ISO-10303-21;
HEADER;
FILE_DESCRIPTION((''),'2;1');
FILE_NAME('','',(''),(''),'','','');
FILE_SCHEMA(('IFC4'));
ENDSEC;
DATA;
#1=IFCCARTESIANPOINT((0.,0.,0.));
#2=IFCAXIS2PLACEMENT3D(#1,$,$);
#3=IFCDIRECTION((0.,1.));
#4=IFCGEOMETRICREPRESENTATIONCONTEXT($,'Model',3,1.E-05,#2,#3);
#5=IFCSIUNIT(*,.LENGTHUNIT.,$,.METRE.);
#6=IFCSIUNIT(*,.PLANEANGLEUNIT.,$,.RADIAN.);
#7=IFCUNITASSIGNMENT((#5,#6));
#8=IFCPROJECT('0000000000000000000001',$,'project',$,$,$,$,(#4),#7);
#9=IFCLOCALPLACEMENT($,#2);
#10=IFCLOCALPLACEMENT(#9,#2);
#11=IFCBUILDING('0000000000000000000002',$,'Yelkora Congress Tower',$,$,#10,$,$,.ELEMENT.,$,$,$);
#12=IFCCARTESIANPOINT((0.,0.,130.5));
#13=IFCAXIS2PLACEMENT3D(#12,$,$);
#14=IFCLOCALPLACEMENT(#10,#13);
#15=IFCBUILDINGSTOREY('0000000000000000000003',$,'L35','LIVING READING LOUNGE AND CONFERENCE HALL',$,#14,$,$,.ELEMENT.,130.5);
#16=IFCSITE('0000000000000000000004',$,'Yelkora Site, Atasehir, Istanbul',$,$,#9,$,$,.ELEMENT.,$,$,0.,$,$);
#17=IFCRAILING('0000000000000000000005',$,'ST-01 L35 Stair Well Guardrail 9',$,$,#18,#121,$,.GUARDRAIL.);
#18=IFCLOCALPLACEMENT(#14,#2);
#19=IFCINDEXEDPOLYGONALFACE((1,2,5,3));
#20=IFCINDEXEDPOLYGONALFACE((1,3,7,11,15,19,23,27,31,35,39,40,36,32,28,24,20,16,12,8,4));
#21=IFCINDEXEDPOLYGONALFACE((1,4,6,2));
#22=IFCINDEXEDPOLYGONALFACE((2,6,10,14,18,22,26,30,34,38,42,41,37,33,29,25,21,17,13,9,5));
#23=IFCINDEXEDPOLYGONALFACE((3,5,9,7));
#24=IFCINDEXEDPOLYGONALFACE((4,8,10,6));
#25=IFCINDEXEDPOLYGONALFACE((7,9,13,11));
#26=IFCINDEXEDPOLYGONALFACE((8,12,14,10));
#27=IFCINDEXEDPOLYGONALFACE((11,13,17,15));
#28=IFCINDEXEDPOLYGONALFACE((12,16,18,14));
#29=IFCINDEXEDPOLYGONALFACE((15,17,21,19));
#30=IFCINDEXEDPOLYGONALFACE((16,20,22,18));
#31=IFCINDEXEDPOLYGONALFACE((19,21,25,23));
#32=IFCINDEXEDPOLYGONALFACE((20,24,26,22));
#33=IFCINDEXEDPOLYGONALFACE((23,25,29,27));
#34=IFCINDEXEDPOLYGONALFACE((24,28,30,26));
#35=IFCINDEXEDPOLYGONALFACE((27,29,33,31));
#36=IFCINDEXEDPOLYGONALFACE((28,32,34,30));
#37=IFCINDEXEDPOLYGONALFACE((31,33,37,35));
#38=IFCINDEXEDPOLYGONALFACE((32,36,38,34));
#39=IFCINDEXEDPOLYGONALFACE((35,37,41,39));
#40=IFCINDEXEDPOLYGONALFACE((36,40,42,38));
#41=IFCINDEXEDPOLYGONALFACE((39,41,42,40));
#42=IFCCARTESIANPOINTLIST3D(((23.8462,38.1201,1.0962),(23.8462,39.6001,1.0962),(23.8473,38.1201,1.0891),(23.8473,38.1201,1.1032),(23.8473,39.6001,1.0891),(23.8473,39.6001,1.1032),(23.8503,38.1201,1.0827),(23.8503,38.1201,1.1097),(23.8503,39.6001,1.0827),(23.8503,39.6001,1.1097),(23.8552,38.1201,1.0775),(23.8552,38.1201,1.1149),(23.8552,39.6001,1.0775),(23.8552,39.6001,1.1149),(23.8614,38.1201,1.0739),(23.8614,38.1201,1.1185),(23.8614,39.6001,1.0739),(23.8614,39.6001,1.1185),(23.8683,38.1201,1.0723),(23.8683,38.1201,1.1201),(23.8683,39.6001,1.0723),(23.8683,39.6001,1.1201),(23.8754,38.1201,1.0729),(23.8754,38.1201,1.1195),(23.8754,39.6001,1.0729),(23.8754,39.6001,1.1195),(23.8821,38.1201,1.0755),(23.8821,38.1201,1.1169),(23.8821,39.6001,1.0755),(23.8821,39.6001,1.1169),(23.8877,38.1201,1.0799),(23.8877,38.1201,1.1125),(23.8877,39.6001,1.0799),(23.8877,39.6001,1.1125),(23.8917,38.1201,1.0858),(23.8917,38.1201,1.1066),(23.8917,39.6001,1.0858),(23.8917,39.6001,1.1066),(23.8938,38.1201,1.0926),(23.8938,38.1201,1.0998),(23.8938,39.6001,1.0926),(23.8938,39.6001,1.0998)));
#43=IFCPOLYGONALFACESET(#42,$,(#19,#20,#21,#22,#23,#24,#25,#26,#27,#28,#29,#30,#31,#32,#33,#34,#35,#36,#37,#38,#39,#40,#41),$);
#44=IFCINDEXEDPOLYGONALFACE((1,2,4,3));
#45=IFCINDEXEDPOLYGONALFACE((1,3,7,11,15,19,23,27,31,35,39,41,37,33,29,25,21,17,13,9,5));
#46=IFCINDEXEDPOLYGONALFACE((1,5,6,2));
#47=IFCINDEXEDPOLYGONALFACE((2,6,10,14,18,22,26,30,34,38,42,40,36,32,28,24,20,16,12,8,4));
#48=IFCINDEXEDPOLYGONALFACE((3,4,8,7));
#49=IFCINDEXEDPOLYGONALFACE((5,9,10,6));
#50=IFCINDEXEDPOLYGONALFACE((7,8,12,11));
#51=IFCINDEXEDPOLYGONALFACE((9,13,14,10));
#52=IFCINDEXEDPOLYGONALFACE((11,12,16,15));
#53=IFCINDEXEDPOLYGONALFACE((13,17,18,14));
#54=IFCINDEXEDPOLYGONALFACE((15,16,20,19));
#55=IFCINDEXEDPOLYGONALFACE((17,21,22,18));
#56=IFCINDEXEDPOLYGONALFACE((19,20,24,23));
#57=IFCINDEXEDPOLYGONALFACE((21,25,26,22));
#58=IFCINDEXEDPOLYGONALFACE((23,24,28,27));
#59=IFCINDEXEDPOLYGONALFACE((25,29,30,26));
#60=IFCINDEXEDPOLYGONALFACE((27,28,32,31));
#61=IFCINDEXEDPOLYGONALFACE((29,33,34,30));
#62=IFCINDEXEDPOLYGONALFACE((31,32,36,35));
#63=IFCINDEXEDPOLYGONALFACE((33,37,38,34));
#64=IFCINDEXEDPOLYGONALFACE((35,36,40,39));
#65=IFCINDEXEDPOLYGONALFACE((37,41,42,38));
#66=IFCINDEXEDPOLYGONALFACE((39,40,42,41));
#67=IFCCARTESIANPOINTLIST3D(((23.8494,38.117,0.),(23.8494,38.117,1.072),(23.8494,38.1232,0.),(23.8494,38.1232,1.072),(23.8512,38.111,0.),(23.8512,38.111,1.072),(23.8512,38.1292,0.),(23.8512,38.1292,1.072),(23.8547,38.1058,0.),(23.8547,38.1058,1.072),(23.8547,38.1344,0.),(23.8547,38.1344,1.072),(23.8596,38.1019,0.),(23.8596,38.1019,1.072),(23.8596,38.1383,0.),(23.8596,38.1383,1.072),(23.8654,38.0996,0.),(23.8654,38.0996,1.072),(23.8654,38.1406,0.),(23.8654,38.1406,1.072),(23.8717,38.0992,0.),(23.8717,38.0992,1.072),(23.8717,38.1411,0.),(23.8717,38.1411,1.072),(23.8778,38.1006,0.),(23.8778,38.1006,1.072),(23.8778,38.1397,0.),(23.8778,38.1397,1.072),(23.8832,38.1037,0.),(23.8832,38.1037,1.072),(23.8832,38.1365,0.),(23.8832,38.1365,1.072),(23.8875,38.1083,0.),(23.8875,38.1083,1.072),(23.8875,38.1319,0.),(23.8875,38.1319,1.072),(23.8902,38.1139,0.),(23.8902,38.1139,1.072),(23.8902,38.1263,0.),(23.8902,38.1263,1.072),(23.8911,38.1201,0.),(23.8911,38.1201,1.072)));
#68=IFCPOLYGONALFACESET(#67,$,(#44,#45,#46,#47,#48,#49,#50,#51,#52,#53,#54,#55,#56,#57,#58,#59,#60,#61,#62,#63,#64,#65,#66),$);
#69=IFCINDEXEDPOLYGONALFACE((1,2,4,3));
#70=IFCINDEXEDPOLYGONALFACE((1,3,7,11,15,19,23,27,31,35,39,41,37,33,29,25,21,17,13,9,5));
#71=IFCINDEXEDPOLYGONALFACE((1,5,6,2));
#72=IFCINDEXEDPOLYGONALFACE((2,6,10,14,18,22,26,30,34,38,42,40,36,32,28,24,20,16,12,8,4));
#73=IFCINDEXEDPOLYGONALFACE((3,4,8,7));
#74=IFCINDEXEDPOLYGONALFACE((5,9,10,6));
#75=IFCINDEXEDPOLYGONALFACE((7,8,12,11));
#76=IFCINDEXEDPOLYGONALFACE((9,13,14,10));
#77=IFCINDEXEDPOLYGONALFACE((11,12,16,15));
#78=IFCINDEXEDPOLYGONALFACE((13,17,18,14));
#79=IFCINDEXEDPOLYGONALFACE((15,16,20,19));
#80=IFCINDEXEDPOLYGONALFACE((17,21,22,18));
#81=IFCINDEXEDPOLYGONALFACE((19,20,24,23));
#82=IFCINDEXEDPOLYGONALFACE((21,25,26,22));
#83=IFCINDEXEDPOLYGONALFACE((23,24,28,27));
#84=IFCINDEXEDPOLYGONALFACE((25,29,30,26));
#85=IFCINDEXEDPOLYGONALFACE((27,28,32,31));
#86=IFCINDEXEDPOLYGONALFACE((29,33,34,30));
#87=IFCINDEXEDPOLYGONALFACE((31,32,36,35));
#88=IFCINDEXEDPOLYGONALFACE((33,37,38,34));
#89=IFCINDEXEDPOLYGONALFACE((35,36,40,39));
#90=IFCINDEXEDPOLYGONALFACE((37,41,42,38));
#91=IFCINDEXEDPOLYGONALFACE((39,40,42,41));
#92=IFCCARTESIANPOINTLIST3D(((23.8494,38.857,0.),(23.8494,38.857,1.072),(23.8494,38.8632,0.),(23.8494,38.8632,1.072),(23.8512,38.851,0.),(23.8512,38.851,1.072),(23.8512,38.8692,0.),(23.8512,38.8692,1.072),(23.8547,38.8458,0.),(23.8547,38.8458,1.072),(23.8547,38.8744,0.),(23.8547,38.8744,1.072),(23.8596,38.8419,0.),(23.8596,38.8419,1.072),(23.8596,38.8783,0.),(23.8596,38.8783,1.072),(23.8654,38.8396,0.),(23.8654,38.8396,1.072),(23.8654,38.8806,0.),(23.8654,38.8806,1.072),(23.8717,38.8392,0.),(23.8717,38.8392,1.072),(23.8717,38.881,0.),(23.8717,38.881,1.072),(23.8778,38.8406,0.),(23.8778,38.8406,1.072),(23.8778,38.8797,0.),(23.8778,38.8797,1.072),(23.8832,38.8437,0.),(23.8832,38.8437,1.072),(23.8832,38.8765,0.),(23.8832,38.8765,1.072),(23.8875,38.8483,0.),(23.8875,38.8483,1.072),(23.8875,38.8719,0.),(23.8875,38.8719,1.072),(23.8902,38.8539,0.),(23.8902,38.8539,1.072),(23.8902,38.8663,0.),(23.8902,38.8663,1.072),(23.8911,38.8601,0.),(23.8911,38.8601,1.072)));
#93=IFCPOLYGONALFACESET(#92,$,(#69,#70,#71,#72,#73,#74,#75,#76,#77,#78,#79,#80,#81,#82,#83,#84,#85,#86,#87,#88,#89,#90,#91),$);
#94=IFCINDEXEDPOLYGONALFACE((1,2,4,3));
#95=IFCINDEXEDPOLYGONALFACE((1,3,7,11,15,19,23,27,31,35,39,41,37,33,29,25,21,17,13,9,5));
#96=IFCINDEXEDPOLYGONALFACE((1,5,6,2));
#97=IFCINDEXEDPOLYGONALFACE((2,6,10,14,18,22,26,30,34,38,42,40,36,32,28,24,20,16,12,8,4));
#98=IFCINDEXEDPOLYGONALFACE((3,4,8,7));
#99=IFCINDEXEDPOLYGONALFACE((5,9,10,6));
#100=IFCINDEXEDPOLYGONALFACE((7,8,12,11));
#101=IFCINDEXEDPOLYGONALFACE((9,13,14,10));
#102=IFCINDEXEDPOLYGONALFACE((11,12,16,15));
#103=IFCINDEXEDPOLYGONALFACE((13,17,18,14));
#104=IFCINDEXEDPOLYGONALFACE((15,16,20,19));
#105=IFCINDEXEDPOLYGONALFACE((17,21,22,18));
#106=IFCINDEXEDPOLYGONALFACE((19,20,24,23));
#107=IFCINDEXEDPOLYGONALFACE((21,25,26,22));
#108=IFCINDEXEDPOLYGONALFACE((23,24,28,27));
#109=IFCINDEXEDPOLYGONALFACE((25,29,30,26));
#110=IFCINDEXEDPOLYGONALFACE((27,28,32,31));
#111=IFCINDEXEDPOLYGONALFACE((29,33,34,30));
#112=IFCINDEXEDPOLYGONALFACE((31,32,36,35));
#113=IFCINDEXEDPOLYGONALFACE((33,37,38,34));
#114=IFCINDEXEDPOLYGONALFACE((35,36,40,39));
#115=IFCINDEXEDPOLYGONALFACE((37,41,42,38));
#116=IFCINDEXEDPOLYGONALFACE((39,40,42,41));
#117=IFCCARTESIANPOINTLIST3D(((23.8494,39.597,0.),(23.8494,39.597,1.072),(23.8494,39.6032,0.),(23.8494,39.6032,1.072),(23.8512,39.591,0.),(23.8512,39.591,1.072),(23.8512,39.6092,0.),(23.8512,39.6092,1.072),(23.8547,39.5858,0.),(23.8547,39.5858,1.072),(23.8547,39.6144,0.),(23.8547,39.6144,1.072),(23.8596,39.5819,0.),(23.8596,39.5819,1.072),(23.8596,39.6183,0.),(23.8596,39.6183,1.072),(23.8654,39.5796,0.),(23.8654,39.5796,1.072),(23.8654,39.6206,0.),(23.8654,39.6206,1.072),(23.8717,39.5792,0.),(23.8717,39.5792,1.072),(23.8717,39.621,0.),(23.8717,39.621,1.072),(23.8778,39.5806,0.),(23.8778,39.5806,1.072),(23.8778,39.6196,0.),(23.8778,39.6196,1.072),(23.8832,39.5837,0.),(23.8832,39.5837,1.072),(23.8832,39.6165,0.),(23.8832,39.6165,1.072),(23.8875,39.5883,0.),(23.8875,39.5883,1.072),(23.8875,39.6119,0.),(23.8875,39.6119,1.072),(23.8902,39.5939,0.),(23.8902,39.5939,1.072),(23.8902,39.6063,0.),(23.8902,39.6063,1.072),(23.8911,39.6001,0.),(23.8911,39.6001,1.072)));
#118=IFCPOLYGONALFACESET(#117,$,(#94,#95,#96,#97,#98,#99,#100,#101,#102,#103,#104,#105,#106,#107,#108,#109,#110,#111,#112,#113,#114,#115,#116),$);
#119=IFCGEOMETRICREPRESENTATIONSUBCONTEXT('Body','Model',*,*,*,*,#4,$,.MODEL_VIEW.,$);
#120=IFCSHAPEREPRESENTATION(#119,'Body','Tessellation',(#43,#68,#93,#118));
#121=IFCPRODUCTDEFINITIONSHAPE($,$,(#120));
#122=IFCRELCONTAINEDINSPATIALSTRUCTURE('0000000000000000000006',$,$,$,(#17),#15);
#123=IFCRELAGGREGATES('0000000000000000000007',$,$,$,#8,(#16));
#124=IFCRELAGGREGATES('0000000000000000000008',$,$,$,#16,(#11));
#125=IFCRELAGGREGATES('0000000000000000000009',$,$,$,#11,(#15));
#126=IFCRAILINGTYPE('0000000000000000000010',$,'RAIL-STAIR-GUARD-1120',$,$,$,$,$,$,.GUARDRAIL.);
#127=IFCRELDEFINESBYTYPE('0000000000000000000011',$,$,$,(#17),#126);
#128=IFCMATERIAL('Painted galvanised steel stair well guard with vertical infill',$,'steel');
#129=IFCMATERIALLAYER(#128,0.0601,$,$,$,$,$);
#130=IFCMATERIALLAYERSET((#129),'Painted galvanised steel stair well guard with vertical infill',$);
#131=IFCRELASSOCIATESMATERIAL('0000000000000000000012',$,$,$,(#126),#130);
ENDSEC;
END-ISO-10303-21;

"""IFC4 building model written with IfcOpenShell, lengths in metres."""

from ifc_helpers import new_model, si_unit, direction, frame, origin, origin_2d, place, context, subcontext, project, spatial, circle, extrude, material, layer, layer_set, type_object, element, save


model = new_model("IFC4")

# Units and contexts
model_context = context("Model", 3, precision=1e-05, world=origin(), true_north=direction((0.0, 1.0)))
body_context = subcontext(model_context, "Body", "Model", "MODEL_VIEW")
ifc_project = project(units=[si_unit("LENGTHUNIT", "METRE"), si_unit("PLANEANGLEUNIT", "RADIAN")], contexts=[model_context])

# Site, building, storey
site_placement = place(None, origin())
site = spatial("IfcSite", under=ifc_project, at=site_placement, Name="Yelkora Site, Atasehir, Istanbul", CompositionType="ELEMENT", RefElevation=0.0)
building_placement = place(site_placement, origin())
building = spatial("IfcBuilding", under=site, at=building_placement, Name="Yelkora Congress Tower", CompositionType="ELEMENT")
storey_placement = place(building_placement, frame((0.0, 0.0, 130.5)))
storey = spatial("IfcBuildingStorey", under=building, at=storey_placement, Name="L35", Description="LIVING READING LOUNGE AND CONFERENCE HALL", CompositionType="ELEMENT", Elevation=130.5)

# Railing
ifc_material_1 = material(Name="Painted galvanised steel stair well guard with vertical infill", Category="steel")
ifc_layer_1 = layer(ifc_material_1, 0.0601)
ifc_layer_set_1 = layer_set([ifc_layer_1], Name="Painted galvanised steel stair well guard with vertical infill")
railing_type_1 = type_object("IfcRailingType", Name="RAIL-STAIR-GUARD-1120", PredefinedType="GUARDRAIL", material=ifc_layer_set_1)
railing_1_placement = place(storey_placement, frame((23.8701, 38.1201, 0.0)))
element("IfcRailing", 1, at=railing_1_placement, inside=storey, type_object=railing_type_1, Name="ST-01 L35 Stair Well Guardrail 9", PredefinedType="GUARDRAIL", context=body_context, shape_type="SweptSolid", body=[
    extrude(circle(Radius=0.0239, at=origin_2d()), frame((0.0, 0.0, 1.0962), z_axis=(0.0, 1.0, 0.0), x_axis=(-1.0, 0.0, 0.0)), (0.0, 0.0, 1.0), 1.48),
    extrude(circle(Radius=0.021, at=origin_2d()), origin(), (0.0, 0.0, 1.0), 1.072),
    extrude(circle(Radius=0.021, at=origin_2d()), frame((0.0, 0.74, 0.0)), (0.0, 0.0, 1.0), 1.072),
    extrude(circle(Radius=0.021, at=origin_2d()), frame((0.0, 1.48, 0.0)), (0.0, 0.0, 1.0), 1.072),
])

save(model, "model.ifc")
